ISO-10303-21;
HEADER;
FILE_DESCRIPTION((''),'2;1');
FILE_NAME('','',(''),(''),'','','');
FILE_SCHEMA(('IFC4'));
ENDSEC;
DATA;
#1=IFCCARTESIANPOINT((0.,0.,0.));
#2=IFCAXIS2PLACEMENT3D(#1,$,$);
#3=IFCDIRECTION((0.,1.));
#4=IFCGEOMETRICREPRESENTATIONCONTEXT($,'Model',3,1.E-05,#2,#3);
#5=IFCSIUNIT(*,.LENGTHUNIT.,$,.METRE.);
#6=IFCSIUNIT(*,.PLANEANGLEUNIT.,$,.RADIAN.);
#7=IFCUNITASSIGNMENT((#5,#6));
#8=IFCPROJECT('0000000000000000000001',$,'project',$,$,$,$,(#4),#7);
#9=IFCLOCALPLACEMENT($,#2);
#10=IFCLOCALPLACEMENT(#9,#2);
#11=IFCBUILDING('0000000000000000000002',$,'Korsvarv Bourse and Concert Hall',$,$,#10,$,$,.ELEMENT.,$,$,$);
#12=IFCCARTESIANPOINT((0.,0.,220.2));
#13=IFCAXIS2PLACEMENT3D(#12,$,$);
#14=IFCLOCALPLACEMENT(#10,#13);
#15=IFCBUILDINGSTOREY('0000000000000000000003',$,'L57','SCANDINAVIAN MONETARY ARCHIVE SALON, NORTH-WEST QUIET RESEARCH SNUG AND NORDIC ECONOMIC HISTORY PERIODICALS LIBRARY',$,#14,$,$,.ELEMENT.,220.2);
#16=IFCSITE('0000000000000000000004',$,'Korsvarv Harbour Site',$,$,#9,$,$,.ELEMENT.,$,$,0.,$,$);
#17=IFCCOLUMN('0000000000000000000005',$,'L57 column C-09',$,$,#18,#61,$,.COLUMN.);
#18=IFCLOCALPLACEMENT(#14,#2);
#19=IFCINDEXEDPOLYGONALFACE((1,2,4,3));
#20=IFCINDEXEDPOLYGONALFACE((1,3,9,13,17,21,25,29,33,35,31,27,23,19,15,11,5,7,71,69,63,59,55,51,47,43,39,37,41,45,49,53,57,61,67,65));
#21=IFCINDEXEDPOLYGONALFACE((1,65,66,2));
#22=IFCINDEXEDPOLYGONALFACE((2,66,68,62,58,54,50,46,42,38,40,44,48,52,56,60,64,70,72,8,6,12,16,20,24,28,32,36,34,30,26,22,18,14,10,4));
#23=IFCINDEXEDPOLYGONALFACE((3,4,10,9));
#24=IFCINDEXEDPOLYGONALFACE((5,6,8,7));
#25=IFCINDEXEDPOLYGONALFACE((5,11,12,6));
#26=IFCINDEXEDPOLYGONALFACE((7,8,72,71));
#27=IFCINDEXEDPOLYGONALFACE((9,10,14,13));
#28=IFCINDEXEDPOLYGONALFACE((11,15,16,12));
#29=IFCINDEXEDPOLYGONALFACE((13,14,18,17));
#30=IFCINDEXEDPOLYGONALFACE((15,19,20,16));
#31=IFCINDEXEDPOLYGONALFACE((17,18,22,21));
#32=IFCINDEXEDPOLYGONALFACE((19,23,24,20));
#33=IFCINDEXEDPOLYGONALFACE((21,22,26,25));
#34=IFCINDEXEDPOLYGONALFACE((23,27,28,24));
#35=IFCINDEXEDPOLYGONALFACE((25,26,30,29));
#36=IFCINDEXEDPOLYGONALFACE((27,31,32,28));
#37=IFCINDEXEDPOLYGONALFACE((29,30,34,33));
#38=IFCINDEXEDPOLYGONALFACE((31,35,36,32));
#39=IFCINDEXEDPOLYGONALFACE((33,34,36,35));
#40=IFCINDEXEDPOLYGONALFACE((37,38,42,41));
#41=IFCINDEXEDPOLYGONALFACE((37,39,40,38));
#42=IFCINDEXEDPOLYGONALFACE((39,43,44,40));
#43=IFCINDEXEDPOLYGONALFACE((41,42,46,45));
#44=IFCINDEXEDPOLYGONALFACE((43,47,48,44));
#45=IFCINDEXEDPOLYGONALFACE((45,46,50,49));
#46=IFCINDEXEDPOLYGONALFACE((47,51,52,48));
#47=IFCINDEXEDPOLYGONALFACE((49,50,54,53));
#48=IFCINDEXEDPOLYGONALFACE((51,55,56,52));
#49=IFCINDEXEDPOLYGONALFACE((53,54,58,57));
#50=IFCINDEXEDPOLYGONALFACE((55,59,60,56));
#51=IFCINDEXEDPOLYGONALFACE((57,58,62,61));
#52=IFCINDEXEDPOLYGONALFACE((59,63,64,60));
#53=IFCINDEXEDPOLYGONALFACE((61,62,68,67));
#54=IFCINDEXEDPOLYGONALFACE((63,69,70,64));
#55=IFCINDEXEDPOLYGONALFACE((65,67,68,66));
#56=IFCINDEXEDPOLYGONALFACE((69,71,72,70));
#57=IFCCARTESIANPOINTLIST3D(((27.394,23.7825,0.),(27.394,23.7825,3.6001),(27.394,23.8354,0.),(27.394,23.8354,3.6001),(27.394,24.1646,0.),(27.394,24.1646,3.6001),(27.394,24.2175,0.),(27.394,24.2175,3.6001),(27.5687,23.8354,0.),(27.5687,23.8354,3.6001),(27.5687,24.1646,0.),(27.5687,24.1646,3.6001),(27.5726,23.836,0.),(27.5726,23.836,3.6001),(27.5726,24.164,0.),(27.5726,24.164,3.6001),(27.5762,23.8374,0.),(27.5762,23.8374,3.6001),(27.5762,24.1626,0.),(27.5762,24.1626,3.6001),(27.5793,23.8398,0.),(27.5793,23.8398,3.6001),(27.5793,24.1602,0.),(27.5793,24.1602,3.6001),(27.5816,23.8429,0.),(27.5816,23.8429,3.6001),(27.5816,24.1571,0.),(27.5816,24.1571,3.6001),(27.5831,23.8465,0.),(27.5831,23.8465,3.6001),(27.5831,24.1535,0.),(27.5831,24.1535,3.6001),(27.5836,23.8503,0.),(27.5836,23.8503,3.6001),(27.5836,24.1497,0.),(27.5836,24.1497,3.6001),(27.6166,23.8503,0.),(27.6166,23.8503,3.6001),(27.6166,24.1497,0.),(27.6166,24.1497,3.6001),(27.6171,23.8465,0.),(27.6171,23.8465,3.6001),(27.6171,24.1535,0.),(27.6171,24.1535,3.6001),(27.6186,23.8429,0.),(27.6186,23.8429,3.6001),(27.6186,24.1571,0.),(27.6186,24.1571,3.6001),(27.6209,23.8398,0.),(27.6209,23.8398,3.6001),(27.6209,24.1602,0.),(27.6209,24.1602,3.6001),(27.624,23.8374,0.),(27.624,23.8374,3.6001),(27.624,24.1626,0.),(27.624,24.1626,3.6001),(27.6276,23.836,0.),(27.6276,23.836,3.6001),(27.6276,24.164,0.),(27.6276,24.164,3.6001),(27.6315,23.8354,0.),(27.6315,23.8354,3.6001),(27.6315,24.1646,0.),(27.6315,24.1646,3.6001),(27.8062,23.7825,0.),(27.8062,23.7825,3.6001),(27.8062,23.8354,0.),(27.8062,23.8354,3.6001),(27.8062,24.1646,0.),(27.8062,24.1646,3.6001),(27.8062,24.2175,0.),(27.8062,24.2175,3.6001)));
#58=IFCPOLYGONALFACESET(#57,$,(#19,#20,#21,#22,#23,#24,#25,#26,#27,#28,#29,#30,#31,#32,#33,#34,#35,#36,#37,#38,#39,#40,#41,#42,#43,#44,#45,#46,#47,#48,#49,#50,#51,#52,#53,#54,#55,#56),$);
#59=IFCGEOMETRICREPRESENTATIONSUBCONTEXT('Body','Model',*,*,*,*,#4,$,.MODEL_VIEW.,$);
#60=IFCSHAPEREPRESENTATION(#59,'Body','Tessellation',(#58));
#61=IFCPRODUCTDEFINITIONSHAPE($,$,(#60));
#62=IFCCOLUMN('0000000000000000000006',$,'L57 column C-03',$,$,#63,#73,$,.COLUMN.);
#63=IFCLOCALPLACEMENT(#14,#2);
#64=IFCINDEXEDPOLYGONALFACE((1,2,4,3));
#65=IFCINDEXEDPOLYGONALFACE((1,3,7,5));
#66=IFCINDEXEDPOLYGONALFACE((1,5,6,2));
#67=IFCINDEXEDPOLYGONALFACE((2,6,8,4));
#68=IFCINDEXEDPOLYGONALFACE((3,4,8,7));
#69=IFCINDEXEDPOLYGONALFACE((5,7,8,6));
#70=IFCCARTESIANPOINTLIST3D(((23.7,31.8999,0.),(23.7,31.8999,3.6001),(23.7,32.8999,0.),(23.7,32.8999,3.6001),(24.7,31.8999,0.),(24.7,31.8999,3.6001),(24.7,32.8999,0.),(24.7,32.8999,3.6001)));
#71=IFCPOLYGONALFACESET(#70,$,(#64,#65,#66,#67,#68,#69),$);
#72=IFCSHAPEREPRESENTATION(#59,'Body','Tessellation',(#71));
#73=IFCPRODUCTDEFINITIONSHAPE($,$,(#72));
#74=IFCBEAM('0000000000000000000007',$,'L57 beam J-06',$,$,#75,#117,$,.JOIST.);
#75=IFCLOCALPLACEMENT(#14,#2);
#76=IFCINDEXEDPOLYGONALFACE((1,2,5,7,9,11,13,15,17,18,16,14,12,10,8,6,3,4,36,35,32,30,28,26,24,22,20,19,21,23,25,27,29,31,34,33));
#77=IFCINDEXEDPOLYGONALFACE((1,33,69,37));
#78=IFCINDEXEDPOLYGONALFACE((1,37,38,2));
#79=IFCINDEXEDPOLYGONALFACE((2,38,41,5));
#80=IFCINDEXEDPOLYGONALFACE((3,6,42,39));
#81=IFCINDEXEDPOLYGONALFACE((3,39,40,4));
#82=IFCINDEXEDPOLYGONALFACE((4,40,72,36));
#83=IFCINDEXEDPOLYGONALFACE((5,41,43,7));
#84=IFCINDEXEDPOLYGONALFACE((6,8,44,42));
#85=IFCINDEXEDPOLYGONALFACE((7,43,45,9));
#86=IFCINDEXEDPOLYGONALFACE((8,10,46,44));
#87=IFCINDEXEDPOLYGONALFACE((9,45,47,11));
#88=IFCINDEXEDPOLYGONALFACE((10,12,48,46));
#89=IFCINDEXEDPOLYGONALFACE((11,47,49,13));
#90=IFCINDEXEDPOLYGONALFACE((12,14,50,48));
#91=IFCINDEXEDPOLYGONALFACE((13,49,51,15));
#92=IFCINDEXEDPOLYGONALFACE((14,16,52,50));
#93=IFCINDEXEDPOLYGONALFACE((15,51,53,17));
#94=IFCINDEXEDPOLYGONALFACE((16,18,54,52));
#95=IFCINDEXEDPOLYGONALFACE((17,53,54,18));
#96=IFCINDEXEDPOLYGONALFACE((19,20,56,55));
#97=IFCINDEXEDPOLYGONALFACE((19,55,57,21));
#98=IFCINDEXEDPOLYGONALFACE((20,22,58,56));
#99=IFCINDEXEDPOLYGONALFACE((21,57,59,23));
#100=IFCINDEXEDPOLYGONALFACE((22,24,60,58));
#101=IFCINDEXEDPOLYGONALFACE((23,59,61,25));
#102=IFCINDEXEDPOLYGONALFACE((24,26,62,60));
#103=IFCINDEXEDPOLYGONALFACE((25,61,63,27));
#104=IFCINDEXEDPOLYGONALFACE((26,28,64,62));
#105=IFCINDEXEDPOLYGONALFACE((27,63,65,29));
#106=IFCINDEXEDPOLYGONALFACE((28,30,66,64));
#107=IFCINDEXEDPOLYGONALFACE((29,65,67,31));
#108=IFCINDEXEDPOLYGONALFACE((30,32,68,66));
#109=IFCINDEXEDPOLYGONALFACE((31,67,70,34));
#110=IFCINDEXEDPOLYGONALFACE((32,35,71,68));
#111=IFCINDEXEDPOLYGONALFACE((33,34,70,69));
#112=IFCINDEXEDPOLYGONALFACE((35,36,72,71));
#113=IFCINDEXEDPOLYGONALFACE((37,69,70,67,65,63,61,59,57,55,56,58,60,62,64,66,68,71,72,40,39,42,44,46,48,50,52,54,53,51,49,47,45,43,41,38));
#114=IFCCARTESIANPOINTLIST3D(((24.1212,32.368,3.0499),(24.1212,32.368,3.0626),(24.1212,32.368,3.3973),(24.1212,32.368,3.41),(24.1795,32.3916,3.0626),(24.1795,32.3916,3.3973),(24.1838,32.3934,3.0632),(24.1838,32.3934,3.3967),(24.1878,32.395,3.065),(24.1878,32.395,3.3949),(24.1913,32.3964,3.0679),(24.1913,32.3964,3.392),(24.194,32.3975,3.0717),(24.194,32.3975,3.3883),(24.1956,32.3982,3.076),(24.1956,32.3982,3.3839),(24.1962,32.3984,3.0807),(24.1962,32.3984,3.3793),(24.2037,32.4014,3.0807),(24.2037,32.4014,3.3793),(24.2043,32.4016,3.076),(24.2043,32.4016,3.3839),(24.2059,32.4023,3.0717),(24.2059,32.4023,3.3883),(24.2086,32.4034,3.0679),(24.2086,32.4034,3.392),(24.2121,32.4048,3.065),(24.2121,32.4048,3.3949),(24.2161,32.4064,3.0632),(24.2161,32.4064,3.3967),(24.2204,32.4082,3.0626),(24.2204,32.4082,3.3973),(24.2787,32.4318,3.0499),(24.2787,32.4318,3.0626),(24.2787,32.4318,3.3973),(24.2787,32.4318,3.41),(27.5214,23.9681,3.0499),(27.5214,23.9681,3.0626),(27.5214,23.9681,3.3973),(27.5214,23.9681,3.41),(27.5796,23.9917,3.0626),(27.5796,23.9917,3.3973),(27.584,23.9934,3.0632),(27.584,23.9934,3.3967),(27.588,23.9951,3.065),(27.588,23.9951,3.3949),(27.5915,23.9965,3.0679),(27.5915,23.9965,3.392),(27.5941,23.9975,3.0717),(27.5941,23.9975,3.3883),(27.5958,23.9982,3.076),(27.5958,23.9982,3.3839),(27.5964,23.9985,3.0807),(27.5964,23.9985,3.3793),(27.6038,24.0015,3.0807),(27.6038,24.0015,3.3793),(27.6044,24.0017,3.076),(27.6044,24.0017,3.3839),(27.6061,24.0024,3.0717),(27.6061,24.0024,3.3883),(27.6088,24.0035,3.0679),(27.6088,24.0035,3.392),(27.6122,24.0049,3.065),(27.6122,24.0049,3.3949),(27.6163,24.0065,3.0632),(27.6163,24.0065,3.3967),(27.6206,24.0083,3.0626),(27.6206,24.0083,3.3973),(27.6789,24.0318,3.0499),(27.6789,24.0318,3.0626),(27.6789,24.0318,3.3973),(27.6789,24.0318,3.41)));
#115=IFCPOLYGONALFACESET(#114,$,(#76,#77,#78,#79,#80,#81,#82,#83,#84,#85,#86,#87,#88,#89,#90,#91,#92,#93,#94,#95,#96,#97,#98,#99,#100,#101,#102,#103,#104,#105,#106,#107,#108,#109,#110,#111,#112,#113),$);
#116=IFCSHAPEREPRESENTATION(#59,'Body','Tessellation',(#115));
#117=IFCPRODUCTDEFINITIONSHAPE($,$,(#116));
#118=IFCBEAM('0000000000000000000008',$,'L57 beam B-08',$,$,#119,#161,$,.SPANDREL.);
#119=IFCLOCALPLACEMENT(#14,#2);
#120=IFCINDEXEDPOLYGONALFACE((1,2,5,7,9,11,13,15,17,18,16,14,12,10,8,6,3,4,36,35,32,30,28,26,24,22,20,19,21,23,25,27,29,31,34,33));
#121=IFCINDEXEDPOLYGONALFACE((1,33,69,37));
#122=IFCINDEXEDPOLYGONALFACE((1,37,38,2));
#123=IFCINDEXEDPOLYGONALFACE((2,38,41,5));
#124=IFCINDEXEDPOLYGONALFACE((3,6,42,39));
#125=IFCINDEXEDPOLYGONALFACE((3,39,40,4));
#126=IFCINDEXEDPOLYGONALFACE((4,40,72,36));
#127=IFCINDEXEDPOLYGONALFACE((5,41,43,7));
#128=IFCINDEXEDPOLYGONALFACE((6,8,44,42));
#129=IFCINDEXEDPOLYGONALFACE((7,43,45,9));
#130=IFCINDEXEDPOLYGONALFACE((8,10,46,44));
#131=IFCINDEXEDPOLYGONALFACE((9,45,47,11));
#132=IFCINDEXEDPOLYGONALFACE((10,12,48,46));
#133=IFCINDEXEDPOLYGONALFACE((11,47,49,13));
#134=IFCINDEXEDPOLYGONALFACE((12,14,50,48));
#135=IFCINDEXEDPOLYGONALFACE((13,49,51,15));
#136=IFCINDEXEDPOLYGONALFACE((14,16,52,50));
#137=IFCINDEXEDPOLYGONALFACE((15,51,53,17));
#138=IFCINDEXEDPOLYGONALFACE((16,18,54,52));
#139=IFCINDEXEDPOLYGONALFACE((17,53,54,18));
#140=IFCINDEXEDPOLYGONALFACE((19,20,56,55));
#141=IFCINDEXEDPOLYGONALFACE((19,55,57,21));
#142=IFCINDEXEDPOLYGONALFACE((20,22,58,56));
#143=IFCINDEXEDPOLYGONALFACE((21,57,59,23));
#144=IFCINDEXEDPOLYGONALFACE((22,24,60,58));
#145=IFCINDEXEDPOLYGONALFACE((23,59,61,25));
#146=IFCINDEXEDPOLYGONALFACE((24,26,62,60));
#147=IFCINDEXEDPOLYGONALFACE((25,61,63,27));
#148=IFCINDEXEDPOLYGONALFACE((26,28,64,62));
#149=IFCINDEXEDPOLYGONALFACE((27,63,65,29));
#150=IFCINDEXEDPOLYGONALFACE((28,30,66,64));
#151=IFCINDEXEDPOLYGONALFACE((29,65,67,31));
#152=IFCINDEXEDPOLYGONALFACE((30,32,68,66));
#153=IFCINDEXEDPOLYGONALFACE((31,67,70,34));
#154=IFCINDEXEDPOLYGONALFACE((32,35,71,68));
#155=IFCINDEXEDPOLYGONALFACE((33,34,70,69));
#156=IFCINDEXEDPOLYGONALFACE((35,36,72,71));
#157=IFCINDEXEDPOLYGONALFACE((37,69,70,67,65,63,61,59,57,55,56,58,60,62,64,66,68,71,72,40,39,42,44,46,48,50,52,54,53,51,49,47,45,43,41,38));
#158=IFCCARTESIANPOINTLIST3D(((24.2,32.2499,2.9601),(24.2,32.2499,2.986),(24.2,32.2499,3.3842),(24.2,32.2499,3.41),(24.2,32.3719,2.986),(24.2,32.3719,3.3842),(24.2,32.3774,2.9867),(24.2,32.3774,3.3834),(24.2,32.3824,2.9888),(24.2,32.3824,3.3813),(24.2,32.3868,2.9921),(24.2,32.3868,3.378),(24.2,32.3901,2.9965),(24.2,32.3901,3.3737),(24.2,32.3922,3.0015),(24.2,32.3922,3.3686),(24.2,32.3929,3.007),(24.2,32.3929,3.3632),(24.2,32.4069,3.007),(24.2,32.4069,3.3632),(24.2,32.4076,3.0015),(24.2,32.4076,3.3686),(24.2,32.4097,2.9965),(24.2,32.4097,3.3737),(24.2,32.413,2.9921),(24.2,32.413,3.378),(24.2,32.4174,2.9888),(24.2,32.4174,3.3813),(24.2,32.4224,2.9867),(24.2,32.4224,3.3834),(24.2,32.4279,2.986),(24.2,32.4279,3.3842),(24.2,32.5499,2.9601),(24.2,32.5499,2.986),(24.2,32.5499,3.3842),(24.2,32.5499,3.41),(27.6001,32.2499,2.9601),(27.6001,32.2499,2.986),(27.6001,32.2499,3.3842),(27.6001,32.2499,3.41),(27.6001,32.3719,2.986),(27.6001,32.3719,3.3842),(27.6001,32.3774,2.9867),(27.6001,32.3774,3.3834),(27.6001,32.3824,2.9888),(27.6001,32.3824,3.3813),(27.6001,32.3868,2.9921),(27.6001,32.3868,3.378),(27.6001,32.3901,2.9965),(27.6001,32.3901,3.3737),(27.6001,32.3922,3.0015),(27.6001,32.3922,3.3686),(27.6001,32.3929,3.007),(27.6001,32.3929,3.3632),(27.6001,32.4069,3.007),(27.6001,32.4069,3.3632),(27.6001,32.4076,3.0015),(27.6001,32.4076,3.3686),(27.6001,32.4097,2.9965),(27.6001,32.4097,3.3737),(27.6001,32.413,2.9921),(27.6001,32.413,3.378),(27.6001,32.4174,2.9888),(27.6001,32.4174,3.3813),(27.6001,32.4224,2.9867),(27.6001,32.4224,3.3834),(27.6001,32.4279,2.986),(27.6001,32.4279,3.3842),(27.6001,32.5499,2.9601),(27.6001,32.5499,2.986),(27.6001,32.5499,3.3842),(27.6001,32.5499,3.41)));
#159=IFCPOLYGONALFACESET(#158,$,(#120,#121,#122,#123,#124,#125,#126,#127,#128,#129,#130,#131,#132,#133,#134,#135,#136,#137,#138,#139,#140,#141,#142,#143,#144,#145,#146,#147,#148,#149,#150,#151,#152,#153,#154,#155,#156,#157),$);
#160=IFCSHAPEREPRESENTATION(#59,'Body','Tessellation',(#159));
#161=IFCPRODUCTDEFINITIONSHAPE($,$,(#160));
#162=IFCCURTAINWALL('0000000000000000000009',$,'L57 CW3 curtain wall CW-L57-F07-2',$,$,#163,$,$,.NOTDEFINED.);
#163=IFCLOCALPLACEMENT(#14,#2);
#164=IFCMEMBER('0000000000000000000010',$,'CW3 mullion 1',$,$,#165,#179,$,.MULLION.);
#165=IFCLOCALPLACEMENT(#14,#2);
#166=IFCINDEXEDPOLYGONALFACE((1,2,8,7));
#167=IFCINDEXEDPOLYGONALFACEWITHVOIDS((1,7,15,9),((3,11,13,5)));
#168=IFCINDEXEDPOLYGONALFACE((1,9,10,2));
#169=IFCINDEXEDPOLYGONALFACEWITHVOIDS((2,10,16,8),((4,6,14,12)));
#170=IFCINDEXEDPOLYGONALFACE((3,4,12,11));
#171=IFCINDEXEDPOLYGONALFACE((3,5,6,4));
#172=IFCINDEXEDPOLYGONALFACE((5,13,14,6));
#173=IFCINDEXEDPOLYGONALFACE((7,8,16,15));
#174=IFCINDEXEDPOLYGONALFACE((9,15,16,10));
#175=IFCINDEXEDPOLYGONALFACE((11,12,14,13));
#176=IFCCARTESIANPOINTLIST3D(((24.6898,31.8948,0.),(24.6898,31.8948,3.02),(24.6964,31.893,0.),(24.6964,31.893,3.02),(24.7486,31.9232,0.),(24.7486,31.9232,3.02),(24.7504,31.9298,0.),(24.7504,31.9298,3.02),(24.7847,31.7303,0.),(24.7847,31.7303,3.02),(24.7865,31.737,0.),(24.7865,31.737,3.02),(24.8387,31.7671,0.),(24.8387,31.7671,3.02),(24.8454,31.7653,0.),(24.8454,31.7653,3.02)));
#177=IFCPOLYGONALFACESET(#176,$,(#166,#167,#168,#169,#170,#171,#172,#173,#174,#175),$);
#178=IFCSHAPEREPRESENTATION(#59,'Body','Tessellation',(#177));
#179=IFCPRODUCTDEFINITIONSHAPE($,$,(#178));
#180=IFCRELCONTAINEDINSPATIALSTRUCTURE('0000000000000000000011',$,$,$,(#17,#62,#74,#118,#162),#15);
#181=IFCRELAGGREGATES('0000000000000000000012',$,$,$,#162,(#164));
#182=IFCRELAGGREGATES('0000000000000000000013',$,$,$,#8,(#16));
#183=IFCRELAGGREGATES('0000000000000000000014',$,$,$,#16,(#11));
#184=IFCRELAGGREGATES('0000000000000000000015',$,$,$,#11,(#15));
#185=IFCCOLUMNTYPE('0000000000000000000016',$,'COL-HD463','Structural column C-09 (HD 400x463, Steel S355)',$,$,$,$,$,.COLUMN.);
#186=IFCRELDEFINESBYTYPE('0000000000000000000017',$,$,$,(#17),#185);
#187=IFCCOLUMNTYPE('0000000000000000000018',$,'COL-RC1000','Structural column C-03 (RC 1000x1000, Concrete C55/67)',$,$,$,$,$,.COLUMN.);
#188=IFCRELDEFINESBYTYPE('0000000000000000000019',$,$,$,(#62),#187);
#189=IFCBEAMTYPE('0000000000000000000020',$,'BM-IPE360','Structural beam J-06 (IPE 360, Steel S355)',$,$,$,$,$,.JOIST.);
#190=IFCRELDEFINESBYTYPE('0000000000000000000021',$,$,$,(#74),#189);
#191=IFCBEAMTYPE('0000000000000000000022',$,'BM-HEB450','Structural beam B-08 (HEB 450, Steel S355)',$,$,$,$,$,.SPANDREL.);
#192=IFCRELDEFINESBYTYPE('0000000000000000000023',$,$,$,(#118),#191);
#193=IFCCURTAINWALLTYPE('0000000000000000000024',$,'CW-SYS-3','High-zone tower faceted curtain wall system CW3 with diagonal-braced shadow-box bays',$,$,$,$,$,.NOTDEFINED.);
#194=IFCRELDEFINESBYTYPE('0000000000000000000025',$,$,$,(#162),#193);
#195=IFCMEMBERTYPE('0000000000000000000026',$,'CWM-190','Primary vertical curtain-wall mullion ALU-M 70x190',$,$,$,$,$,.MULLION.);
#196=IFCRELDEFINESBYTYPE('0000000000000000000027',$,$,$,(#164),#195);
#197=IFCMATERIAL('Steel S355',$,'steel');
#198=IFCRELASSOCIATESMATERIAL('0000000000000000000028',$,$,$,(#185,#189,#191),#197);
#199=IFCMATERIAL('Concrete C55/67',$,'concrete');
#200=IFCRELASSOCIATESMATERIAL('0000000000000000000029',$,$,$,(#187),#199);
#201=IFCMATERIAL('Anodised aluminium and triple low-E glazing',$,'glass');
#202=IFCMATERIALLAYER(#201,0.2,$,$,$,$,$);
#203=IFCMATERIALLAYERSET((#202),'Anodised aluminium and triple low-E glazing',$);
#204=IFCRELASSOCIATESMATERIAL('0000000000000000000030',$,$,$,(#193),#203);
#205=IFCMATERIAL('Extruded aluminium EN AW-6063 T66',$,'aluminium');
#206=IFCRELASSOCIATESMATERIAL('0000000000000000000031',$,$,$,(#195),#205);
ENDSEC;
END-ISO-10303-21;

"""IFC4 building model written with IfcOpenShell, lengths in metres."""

from ifc_helpers import new_model, si_unit, direction, frame, origin, origin_2d, place, context, subcontext, project, spatial, rectangle, hollow_rectangle, i_section, extrude, source, transform, mapped, material, layer, layer_set, material_profile, profile_set, type_object, element, aggregate, save


model = new_model("IFC4")

# Units and contexts
model_context = context("Model", 3, precision=1e-05, world=origin(), true_north=direction((0.0, 1.0)))
body_context = subcontext(model_context, "Body", "Model", "MODEL_VIEW")
ifc_project = project(units=[si_unit("LENGTHUNIT", "METRE"), si_unit("PLANEANGLEUNIT", "RADIAN")], contexts=[model_context])

# Site, building, storey
site_placement = place(None, origin())
site = spatial("IfcSite", under=ifc_project, at=site_placement, Name="Korsvarv Harbour Site", CompositionType="ELEMENT", RefElevation=0.0)
building_placement = place(site_placement, origin())
building = spatial("IfcBuilding", under=site, at=building_placement, Name="Korsvarv Bourse and Concert Hall", CompositionType="ELEMENT")
storey_placement = place(building_placement, frame((0.0, 0.0, 220.2)))
storey = spatial("IfcBuildingStorey", under=building, at=storey_placement, Name="L57", Description="SCANDINAVIAN MONETARY ARCHIVE SALON, NORTH-WEST QUIET RESEARCH SNUG AND NORDIC ECONOMIC HISTORY PERIODICALS LIBRARY", CompositionType="ELEMENT", Elevation=220.2)

# Columns
ifc_material_1 = material(Name="Steel S355", Category="steel")
ifc_material_profile_1 = material_profile(ifc_material_1, i_section(OverallWidth=0.4121, OverallDepth=0.4351, WebThickness=0.033, FlangeThickness=0.053, FilletRadius=0.0149, at=origin_2d()), Name="HD 400x463")
ifc_profile_set_1 = profile_set([ifc_material_profile_1], Name="Steel S355")
column_type_1 = type_object("IfcColumnType", Name="COL-HD463", Description="Structural column C-09 (HD 400x463, Steel S355)", PredefinedType="COLUMN", material=ifc_profile_set_1)
shared_shape_1 = source(origin(), body_context, "Body", "SweptSolid", [
    extrude(i_section(OverallWidth=0.4121, OverallDepth=0.4351, WebThickness=0.033, FlangeThickness=0.053, FilletRadius=0.0149, at=origin_2d()), origin(), (0.0, 0.0, 1.0), 3.6001),
])
column_1_placement = place(storey_placement, frame((27.6001, 24.0, 0.0), z_axis=(0.0, 0.0, 1.0), x_axis=(1.0, 0.0, 0.0)))
element("IfcColumn", 1, at=column_1_placement, inside=storey, type_object=column_type_1, Name="L57 column C-09", PredefinedType="COLUMN", context=body_context, shape_type="MappedRepresentation", body=[
    mapped(shared_shape_1, transform((0.0, 0.0, 0.0), scale=1.0)),
])
ifc_material_2 = material(Name="Concrete C55/67", Category="concrete")
ifc_material_profile_2 = material_profile(ifc_material_2, rectangle(XDim=1.0, YDim=1.0, at=origin_2d()), Name="RC 1000x1000")
ifc_profile_set_2 = profile_set([ifc_material_profile_2], Name="Concrete C55/67")
column_type_2 = type_object("IfcColumnType", Name="COL-RC1000", Description="Structural column C-03 (RC 1000x1000, Concrete C55/67)", PredefinedType="COLUMN", material=ifc_profile_set_2)
shared_shape_2 = source(origin(), body_context, "Body", "SweptSolid", [
    extrude(rectangle(XDim=1.0, YDim=1.0, at=origin_2d()), origin(), (0.0, 0.0, 1.0), 3.6001),
])
column_2_placement = place(storey_placement, frame((24.2, 32.3999, 0.0), z_axis=(0.0, 0.0, 1.0), x_axis=(1.0, 0.0, 0.0)))
element("IfcColumn", 2, at=column_2_placement, inside=storey, type_object=column_type_2, Name="L57 column C-03", PredefinedType="COLUMN", context=body_context, shape_type="MappedRepresentation", body=[
    mapped(shared_shape_2, transform((0.0, 0.0, 0.0), scale=1.0)),
])

# Beams
ifc_material_profile_3 = material_profile(ifc_material_1, i_section(OverallWidth=0.1699, OverallDepth=0.3601, WebThickness=0.0081, FlangeThickness=0.0127, FilletRadius=0.0181, at=origin_2d()), Name="IPE 360")
ifc_profile_set_3 = profile_set([ifc_material_profile_3], Name="Steel S355")
beam_type_1 = type_object("IfcBeamType", Name="BM-IPE360", Description="Structural beam J-06 (IPE 360, Steel S355)", PredefinedType="JOIST", material=ifc_profile_set_3)
shared_shape_3 = source(origin(), body_context, "Body", "SweptSolid", [
    extrude(i_section(OverallWidth=0.1699, OverallDepth=0.3601, WebThickness=0.0081, FlangeThickness=0.0127, FilletRadius=0.0181, at=origin_2d()), origin(), (0.0, 0.0, 1.0), 9.062),
])
beam_1_placement = place(storey_placement, frame((24.2, 32.3999, 3.23), z_axis=(0.37521, -0.92694, 0.0), x_axis=(0.92694, 0.37521, 0.0)))
element("IfcBeam", 3, at=beam_1_placement, inside=storey, type_object=beam_type_1, Name="L57 beam J-06", PredefinedType="JOIST", context=body_context, shape_type="MappedRepresentation", body=[
    mapped(shared_shape_3, transform((0.0, 0.0, 0.0), scale=1.0)),
])
ifc_material_profile_4 = material_profile(ifc_material_1, i_section(OverallWidth=0.3, OverallDepth=0.45, WebThickness=0.0139, FlangeThickness=0.0259, FilletRadius=0.021, at=origin_2d()), Name="HEB 450")
ifc_profile_set_4 = profile_set([ifc_material_profile_4], Name="Steel S355")
beam_type_2 = type_object("IfcBeamType", Name="BM-HEB450", Description="Structural beam B-08 (HEB 450, Steel S355)", PredefinedType="SPANDREL", material=ifc_profile_set_4)
shared_shape_4 = source(origin(), body_context, "Body", "SweptSolid", [
    extrude(i_section(OverallWidth=0.3, OverallDepth=0.45, WebThickness=0.0139, FlangeThickness=0.0259, FilletRadius=0.021, at=origin_2d()), origin(), (0.0, 0.0, 1.0), 3.4001),
])
beam_2_placement = place(storey_placement, frame((24.2, 32.3999, 3.1851), z_axis=(1.0, 0.0, 0.0), x_axis=(0.0, 1.0, 0.0)))
element("IfcBeam", 4, at=beam_2_placement, inside=storey, type_object=beam_type_2, Name="L57 beam B-08", PredefinedType="SPANDREL", context=body_context, shape_type="MappedRepresentation", body=[
    mapped(shared_shape_4, transform((0.0, 0.0, 0.0), scale=1.0)),
])

# Curtain wall, member
ifc_material_3 = material(Name="Anodised aluminium and triple low-E glazing", Category="glass")
ifc_layer_1 = layer(ifc_material_3, 0.2)
ifc_layer_set_1 = layer_set([ifc_layer_1], Name="Anodised aluminium and triple low-E glazing")
curtain_wall_type = type_object("IfcCurtainWallType", Name="CW-SYS-3", Description="High-zone tower faceted curtain wall system CW3 with diagonal-braced shadow-box bays", PredefinedType="NOTDEFINED", material=ifc_layer_set_1)
curtain_wall_1_placement = place(storey_placement, origin())
curtain_wall_1 = element("IfcCurtainWall", 5, at=curtain_wall_1_placement, inside=storey, type_object=curtain_wall_type, Name="L57 CW3 curtain wall CW-L57-F07-2", PredefinedType="NOTDEFINED")
ifc_material_4 = material(Name="Extruded aluminium EN AW-6063 T66", Category="aluminium")
ifc_material_profile_5 = material_profile(ifc_material_4, hollow_rectangle(XDim=0.0701, YDim=0.1899, WallThickness=0.0049, at=origin_2d()), Name="ALU-M 70x190")
ifc_profile_set_5 = profile_set([ifc_material_profile_5], Name="Extruded aluminium EN AW-6063 T66")
member_type_1 = type_object("IfcMemberType", Name="CWM-190", Description="Primary vertical curtain-wall mullion ALU-M 70x190", PredefinedType="MULLION", material=ifc_profile_set_5)
shared_shape_5 = source(origin(), body_context, "Body", "SweptSolid", [
    extrude(hollow_rectangle(XDim=0.0701, YDim=0.1899, WallThickness=0.0049, at=origin_2d()), origin(), (0.0, 0.0, 1.0), 3.02),
])
member_1_placement = place(storey_placement, frame((24.7676, 31.8301, 0.0), z_axis=(0.0, 0.0, 1.0), x_axis=(0.866028, 0.499996, 0.0)))
member_1 = element("IfcMember", 6, at=member_1_placement, type_object=member_type_1, Name="CW3 mullion 1", PredefinedType="MULLION", context=body_context, shape_type="MappedRepresentation", body=[
    mapped(shared_shape_5, transform((0.0, 0.0, 0.0), scale=1.0)),
])

aggregate(curtain_wall_1, [member_1])

save(model, "model.ifc")
